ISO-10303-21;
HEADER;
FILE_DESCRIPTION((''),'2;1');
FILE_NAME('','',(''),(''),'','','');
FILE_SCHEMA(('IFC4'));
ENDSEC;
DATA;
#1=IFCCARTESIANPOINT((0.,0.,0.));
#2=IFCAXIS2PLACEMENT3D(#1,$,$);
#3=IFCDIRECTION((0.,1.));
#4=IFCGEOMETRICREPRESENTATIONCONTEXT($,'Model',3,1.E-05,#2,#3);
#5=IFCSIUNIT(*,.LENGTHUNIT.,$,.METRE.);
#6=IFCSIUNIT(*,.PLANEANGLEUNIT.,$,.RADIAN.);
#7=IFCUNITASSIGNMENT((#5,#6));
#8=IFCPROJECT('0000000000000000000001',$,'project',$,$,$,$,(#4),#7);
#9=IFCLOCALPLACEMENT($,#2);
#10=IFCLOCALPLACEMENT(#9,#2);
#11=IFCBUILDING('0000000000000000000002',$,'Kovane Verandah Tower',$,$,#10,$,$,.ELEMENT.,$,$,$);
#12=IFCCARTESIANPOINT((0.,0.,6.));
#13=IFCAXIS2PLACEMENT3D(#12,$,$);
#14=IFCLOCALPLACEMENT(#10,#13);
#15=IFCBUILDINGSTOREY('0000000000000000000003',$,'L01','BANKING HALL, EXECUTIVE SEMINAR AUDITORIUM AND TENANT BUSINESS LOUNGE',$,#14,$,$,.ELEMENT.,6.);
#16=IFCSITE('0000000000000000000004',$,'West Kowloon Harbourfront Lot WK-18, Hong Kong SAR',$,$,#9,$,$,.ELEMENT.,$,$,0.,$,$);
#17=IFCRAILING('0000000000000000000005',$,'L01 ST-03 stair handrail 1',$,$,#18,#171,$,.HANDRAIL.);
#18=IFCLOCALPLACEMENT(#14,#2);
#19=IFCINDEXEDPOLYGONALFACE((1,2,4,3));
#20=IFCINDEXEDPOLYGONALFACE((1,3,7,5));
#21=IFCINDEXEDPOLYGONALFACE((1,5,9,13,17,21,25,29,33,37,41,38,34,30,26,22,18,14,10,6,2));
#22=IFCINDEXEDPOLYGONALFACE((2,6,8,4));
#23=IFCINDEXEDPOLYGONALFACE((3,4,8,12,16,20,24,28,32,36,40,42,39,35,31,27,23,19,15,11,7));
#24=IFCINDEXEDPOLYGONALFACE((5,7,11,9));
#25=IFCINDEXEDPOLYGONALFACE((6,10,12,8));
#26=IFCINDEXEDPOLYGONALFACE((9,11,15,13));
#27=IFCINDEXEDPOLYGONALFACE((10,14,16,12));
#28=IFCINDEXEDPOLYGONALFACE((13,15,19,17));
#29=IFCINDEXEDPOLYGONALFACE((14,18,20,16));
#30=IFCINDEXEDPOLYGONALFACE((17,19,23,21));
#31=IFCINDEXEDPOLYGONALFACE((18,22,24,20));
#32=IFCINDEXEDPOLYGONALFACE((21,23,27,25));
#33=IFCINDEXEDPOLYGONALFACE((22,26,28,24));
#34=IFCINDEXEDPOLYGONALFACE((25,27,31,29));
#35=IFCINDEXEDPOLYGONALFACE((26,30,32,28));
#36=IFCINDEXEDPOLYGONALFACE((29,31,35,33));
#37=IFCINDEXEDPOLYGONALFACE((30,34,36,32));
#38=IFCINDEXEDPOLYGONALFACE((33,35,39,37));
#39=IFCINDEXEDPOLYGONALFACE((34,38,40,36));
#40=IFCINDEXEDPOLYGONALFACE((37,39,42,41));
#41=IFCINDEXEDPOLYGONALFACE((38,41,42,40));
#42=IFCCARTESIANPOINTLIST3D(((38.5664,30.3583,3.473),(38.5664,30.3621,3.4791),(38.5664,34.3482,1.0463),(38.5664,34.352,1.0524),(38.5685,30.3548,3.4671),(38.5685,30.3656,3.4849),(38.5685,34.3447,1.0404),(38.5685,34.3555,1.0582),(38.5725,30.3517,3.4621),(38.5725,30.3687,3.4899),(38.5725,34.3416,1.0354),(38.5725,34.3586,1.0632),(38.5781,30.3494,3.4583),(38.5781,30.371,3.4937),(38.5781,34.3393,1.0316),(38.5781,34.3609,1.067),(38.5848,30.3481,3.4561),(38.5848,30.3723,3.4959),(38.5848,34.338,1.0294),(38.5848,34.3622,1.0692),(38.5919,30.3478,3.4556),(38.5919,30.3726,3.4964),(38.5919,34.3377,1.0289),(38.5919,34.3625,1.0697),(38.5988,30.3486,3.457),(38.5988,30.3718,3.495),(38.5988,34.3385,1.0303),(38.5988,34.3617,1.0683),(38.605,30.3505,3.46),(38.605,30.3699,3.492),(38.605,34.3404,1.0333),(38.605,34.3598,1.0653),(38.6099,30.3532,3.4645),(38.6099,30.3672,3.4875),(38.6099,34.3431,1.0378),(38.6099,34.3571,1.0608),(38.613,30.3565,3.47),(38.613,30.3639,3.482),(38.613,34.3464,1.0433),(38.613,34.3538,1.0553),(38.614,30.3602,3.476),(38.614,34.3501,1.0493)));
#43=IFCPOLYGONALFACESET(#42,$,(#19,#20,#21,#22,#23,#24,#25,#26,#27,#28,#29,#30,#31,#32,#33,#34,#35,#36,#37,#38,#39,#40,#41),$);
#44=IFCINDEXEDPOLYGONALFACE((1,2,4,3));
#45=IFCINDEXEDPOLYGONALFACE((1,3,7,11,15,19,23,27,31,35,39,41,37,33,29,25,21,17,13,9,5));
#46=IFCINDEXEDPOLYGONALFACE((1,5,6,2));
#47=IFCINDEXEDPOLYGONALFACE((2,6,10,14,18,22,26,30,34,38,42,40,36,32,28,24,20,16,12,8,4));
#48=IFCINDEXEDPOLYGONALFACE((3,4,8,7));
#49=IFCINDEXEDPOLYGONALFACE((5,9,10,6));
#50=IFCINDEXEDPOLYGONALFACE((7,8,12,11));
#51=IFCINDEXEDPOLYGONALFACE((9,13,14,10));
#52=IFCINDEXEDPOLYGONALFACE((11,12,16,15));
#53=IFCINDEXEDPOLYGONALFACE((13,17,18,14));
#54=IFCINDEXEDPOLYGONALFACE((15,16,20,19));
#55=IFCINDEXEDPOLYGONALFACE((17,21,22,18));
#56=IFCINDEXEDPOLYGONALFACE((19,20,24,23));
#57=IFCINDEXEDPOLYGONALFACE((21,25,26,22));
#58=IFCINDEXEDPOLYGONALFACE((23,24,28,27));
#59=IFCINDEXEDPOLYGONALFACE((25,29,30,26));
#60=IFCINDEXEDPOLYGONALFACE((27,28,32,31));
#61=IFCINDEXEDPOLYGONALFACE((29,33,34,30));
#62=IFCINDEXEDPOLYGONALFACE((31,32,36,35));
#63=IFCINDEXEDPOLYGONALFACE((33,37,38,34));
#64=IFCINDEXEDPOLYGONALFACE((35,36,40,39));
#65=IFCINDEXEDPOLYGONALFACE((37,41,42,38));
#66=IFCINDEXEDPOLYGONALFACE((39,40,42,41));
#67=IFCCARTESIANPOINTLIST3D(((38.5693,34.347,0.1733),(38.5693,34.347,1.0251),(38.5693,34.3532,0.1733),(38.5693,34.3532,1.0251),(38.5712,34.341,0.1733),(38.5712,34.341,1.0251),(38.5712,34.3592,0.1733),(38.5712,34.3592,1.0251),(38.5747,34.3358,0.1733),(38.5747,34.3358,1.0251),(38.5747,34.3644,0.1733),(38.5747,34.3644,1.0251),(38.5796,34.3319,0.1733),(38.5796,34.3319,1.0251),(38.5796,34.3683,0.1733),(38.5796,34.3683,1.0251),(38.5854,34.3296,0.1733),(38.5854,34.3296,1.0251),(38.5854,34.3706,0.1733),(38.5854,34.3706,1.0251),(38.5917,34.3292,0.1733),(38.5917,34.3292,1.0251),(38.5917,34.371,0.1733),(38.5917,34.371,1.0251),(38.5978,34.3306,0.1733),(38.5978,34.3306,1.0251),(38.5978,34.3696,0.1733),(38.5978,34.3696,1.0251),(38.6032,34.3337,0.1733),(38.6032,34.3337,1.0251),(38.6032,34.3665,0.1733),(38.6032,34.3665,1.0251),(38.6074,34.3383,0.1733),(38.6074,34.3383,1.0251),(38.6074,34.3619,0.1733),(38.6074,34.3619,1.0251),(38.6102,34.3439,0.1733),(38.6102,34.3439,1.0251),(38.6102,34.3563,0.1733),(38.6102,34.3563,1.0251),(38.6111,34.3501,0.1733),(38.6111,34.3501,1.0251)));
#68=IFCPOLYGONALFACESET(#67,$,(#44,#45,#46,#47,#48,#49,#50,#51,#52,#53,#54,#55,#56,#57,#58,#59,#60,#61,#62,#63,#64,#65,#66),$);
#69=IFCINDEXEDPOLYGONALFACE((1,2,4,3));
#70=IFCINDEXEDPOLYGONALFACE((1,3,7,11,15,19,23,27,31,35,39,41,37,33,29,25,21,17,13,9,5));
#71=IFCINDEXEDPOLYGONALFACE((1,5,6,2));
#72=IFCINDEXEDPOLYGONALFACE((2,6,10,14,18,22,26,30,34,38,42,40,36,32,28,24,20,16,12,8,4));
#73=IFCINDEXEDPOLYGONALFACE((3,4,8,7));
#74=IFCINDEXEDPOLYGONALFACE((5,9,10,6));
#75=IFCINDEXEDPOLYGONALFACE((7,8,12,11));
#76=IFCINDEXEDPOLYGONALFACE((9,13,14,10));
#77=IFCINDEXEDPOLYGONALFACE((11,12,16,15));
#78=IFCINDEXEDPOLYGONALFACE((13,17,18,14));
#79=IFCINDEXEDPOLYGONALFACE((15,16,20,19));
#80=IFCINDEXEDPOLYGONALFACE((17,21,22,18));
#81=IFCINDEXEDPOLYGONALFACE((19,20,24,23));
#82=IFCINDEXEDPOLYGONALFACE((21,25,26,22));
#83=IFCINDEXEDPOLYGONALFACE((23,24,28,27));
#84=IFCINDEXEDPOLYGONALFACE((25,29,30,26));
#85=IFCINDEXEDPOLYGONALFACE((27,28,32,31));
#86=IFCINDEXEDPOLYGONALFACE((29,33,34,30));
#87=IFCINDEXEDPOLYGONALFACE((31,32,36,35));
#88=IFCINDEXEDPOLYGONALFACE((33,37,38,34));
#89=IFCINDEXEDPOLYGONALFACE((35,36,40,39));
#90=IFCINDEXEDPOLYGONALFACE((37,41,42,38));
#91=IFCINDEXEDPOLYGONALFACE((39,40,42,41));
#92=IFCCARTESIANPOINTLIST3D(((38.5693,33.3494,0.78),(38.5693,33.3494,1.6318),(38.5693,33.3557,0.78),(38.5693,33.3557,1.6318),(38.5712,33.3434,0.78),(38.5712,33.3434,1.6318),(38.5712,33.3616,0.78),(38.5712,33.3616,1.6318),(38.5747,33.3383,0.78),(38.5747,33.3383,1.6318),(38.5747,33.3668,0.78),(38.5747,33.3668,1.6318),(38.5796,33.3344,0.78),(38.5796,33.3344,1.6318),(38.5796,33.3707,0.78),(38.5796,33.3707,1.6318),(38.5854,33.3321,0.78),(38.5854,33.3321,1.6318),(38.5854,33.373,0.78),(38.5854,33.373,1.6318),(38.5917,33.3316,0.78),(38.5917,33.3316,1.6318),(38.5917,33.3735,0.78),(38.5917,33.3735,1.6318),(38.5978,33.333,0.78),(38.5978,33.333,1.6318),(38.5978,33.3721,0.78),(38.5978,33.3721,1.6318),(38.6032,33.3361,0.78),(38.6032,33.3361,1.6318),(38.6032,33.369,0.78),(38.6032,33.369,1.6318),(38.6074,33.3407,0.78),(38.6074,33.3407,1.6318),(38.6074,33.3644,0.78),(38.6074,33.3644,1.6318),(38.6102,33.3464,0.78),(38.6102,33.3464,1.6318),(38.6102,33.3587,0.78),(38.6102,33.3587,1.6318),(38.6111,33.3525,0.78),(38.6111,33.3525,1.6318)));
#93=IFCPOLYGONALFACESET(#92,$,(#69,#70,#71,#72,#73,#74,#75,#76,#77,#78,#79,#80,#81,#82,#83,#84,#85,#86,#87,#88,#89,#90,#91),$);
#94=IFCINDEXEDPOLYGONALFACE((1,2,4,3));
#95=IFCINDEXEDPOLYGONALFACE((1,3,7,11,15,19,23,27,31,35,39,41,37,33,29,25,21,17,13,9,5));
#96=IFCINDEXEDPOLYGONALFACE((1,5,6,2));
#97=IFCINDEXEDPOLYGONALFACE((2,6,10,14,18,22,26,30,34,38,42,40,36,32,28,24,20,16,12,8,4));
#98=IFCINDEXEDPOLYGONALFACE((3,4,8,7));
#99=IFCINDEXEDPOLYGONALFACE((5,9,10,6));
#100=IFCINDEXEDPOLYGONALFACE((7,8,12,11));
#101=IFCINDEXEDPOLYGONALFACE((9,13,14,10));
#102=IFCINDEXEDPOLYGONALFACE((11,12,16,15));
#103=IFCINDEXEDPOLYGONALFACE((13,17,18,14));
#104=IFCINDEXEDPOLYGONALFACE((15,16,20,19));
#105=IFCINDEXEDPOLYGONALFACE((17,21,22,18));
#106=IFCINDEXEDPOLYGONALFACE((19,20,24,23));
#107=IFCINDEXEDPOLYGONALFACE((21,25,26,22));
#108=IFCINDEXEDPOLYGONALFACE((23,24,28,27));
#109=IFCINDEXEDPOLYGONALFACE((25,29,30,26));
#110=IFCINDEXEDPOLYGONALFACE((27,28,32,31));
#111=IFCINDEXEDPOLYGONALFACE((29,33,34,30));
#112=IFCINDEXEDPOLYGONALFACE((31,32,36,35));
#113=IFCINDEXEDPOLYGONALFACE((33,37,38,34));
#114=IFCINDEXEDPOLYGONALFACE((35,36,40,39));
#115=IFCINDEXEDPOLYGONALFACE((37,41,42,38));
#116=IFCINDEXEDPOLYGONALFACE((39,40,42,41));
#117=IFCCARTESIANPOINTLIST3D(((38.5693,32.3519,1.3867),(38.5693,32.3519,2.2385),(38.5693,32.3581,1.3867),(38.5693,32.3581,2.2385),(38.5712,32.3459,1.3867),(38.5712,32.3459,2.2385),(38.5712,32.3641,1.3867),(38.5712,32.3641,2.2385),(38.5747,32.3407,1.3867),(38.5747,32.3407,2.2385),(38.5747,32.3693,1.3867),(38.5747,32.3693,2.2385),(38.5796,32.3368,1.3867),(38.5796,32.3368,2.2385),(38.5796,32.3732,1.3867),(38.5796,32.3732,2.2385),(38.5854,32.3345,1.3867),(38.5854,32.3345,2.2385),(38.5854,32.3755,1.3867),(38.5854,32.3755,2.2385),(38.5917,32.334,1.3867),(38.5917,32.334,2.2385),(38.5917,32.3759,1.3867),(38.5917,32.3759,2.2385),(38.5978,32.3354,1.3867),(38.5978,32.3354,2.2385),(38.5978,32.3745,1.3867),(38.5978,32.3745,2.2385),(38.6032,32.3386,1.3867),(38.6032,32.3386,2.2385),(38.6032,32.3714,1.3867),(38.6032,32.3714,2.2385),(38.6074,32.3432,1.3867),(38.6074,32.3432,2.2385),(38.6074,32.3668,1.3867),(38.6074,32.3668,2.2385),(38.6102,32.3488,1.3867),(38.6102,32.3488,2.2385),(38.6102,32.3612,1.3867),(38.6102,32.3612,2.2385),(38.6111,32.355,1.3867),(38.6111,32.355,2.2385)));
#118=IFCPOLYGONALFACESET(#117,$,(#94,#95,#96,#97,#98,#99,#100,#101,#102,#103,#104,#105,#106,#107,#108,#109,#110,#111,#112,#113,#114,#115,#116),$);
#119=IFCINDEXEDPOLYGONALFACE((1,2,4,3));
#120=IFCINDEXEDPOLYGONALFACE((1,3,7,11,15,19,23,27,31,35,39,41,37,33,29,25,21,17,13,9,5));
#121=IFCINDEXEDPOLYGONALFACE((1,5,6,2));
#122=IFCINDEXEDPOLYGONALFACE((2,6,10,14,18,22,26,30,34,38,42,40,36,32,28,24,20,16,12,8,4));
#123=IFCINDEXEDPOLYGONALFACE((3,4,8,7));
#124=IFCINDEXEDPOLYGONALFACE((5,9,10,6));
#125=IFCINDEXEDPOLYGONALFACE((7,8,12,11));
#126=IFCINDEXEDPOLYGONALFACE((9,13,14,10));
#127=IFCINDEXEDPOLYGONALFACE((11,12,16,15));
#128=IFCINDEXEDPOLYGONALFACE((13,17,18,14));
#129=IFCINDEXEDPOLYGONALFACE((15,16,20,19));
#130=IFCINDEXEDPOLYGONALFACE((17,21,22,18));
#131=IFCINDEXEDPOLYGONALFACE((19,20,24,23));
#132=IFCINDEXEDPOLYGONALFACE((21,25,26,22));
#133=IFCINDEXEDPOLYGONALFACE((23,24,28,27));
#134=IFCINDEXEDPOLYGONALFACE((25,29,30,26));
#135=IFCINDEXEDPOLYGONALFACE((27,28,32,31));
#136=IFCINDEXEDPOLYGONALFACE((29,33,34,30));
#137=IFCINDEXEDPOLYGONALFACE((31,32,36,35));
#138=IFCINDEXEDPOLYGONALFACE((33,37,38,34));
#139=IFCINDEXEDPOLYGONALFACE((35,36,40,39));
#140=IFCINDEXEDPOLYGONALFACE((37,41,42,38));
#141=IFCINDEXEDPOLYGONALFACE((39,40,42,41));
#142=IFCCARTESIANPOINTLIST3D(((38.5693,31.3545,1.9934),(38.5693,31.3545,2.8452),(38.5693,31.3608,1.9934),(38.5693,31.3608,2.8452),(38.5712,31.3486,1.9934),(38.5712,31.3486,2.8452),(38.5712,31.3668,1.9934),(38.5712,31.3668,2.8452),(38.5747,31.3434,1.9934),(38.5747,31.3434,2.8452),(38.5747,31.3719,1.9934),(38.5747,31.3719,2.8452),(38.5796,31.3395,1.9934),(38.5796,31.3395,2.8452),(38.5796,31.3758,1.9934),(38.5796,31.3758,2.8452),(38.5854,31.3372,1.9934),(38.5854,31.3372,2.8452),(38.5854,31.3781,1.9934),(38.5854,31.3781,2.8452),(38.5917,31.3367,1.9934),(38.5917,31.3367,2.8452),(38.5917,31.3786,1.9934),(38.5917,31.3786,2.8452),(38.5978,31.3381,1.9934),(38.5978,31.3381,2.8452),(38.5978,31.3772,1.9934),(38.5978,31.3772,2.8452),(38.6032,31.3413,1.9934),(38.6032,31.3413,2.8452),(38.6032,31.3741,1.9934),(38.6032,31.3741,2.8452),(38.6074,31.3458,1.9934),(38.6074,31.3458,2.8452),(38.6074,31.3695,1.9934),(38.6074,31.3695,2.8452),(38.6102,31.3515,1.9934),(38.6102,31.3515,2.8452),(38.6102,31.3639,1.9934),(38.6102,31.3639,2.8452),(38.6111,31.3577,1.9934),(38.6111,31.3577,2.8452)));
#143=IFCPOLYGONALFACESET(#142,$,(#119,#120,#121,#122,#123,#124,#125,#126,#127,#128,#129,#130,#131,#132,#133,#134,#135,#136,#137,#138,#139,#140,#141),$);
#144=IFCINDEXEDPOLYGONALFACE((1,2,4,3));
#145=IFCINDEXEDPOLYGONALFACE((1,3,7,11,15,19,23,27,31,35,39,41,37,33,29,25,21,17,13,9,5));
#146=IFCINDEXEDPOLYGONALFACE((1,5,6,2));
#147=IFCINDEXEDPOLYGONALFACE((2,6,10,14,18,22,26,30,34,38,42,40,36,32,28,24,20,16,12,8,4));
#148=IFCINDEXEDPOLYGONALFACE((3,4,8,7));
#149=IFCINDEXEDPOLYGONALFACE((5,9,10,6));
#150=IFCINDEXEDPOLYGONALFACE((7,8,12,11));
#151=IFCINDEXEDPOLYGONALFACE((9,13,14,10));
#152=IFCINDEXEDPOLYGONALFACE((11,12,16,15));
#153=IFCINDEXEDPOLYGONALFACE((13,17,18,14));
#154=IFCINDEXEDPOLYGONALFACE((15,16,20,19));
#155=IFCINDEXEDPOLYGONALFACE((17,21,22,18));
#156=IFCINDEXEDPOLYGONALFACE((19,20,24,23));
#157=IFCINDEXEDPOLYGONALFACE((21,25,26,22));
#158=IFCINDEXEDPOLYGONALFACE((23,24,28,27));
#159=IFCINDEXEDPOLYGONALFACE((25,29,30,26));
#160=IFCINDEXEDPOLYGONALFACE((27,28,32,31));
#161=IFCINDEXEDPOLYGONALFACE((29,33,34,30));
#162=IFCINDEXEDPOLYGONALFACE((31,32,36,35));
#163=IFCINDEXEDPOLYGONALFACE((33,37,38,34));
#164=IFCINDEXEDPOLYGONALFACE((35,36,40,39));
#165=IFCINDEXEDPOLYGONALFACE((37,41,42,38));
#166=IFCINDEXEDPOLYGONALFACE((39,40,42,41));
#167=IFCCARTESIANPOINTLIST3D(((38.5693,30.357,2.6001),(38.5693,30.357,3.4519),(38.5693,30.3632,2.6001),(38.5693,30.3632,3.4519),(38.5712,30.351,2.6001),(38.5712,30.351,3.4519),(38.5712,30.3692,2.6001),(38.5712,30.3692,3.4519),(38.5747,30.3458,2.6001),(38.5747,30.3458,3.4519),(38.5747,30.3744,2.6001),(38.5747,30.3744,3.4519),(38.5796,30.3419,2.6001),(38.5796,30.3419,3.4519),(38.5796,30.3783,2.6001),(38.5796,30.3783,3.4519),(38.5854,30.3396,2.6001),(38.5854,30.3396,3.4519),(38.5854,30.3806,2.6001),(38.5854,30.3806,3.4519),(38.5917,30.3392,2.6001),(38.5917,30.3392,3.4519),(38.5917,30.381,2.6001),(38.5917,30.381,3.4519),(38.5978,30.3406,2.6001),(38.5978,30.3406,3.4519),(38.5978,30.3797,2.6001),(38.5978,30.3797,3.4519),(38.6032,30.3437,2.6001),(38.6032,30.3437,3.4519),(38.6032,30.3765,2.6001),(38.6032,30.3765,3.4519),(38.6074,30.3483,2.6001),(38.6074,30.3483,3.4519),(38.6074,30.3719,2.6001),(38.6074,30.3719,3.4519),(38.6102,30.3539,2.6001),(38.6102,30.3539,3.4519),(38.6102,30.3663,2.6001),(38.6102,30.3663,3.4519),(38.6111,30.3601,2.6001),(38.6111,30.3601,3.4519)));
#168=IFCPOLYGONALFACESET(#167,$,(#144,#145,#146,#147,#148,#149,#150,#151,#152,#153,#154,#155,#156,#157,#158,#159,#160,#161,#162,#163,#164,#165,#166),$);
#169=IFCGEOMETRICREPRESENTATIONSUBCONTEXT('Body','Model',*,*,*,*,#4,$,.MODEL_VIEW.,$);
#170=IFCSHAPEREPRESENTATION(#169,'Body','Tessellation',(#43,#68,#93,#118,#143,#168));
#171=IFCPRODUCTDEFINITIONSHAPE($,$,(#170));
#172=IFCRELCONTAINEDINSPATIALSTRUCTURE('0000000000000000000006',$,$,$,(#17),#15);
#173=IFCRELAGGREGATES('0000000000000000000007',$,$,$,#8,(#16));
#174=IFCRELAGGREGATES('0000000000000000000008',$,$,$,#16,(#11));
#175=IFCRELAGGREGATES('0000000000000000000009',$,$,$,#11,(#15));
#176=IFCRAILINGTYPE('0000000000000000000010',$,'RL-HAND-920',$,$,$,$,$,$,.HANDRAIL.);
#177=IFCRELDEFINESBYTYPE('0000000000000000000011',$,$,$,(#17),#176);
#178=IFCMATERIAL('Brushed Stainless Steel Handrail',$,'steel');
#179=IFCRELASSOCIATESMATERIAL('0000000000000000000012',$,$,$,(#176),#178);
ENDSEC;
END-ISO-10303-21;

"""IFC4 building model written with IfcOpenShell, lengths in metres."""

from ifc_helpers import new_model, si_unit, direction, frame, origin, origin_2d, place, context, subcontext, project, spatial, circle, extrude, material, type_object, element, save


model = new_model("IFC4")

# Units and contexts
model_context = context("Model", 3, precision=1e-05, world=origin(), true_north=direction((0.0, 1.0)))
body_context = subcontext(model_context, "Body", "Model", "MODEL_VIEW")
ifc_project = project(units=[si_unit("LENGTHUNIT", "METRE"), si_unit("PLANEANGLEUNIT", "RADIAN")], contexts=[model_context])

# Site, building, storey
site_placement = place(None, origin())
site = spatial("IfcSite", under=ifc_project, at=site_placement, Name="West Kowloon Harbourfront Lot WK-18, Hong Kong SAR", CompositionType="ELEMENT", RefElevation=0.0)
building_placement = place(site_placement, origin())
building = spatial("IfcBuilding", under=site, at=building_placement, Name="Kovane Verandah Tower", CompositionType="ELEMENT")
storey_placement = place(building_placement, frame((0.0, 0.0, 6.0)))
storey = spatial("IfcBuildingStorey", under=building, at=storey_placement, Name="L01", Description="BANKING HALL, EXECUTIVE SEMINAR AUDITORIUM AND TENANT BUSINESS LOUNGE", CompositionType="ELEMENT", Elevation=6.0)

# Railing
ifc_material_1 = material(Name="Brushed Stainless Steel Handrail", Category="steel")
railing_type_1 = type_object("IfcRailingType", Name="RL-HAND-920", PredefinedType="HANDRAIL", material=ifc_material_1)
railing_1_placement = place(storey_placement, frame((38.5901, 34.3501, 0.1733)))
element("IfcRailing", 1, at=railing_1_placement, inside=storey, type_object=railing_type_1, Name="L01 ST-03 stair handrail 1", PredefinedType="HANDRAIL", context=body_context, shape_type="SweptSolid", body=[
    extrude(circle(Radius=0.0239, at=origin_2d()), frame((0.0, 0.0, 0.876), z_axis=(0.0, -0.854382, 0.519645), x_axis=(1.0, 0.0, 0.0)), (0.0, 0.0, 1.0), 4.6699),
    extrude(circle(Radius=0.021, at=origin_2d()), origin(), (0.0, 0.0, 1.0), 0.8518),
    extrude(circle(Radius=0.021, at=origin_2d()), frame((0.0, -0.9976, 0.6067)), (0.0, 0.0, 1.0), 0.8518),
    extrude(circle(Radius=0.021, at=origin_2d()), frame((0.0, -1.9951, 1.2134)), (0.0, 0.0, 1.0), 0.8518),
    extrude(circle(Radius=0.021, at=origin_2d()), frame((0.0, -2.9924, 1.8201)), (0.0, 0.0, 1.0), 0.8518),
    extrude(circle(Radius=0.021, at=origin_2d()), frame((0.0, -3.99, 2.4268)), (0.0, 0.0, 1.0), 0.8518),
])

save(model, "model.ifc")
